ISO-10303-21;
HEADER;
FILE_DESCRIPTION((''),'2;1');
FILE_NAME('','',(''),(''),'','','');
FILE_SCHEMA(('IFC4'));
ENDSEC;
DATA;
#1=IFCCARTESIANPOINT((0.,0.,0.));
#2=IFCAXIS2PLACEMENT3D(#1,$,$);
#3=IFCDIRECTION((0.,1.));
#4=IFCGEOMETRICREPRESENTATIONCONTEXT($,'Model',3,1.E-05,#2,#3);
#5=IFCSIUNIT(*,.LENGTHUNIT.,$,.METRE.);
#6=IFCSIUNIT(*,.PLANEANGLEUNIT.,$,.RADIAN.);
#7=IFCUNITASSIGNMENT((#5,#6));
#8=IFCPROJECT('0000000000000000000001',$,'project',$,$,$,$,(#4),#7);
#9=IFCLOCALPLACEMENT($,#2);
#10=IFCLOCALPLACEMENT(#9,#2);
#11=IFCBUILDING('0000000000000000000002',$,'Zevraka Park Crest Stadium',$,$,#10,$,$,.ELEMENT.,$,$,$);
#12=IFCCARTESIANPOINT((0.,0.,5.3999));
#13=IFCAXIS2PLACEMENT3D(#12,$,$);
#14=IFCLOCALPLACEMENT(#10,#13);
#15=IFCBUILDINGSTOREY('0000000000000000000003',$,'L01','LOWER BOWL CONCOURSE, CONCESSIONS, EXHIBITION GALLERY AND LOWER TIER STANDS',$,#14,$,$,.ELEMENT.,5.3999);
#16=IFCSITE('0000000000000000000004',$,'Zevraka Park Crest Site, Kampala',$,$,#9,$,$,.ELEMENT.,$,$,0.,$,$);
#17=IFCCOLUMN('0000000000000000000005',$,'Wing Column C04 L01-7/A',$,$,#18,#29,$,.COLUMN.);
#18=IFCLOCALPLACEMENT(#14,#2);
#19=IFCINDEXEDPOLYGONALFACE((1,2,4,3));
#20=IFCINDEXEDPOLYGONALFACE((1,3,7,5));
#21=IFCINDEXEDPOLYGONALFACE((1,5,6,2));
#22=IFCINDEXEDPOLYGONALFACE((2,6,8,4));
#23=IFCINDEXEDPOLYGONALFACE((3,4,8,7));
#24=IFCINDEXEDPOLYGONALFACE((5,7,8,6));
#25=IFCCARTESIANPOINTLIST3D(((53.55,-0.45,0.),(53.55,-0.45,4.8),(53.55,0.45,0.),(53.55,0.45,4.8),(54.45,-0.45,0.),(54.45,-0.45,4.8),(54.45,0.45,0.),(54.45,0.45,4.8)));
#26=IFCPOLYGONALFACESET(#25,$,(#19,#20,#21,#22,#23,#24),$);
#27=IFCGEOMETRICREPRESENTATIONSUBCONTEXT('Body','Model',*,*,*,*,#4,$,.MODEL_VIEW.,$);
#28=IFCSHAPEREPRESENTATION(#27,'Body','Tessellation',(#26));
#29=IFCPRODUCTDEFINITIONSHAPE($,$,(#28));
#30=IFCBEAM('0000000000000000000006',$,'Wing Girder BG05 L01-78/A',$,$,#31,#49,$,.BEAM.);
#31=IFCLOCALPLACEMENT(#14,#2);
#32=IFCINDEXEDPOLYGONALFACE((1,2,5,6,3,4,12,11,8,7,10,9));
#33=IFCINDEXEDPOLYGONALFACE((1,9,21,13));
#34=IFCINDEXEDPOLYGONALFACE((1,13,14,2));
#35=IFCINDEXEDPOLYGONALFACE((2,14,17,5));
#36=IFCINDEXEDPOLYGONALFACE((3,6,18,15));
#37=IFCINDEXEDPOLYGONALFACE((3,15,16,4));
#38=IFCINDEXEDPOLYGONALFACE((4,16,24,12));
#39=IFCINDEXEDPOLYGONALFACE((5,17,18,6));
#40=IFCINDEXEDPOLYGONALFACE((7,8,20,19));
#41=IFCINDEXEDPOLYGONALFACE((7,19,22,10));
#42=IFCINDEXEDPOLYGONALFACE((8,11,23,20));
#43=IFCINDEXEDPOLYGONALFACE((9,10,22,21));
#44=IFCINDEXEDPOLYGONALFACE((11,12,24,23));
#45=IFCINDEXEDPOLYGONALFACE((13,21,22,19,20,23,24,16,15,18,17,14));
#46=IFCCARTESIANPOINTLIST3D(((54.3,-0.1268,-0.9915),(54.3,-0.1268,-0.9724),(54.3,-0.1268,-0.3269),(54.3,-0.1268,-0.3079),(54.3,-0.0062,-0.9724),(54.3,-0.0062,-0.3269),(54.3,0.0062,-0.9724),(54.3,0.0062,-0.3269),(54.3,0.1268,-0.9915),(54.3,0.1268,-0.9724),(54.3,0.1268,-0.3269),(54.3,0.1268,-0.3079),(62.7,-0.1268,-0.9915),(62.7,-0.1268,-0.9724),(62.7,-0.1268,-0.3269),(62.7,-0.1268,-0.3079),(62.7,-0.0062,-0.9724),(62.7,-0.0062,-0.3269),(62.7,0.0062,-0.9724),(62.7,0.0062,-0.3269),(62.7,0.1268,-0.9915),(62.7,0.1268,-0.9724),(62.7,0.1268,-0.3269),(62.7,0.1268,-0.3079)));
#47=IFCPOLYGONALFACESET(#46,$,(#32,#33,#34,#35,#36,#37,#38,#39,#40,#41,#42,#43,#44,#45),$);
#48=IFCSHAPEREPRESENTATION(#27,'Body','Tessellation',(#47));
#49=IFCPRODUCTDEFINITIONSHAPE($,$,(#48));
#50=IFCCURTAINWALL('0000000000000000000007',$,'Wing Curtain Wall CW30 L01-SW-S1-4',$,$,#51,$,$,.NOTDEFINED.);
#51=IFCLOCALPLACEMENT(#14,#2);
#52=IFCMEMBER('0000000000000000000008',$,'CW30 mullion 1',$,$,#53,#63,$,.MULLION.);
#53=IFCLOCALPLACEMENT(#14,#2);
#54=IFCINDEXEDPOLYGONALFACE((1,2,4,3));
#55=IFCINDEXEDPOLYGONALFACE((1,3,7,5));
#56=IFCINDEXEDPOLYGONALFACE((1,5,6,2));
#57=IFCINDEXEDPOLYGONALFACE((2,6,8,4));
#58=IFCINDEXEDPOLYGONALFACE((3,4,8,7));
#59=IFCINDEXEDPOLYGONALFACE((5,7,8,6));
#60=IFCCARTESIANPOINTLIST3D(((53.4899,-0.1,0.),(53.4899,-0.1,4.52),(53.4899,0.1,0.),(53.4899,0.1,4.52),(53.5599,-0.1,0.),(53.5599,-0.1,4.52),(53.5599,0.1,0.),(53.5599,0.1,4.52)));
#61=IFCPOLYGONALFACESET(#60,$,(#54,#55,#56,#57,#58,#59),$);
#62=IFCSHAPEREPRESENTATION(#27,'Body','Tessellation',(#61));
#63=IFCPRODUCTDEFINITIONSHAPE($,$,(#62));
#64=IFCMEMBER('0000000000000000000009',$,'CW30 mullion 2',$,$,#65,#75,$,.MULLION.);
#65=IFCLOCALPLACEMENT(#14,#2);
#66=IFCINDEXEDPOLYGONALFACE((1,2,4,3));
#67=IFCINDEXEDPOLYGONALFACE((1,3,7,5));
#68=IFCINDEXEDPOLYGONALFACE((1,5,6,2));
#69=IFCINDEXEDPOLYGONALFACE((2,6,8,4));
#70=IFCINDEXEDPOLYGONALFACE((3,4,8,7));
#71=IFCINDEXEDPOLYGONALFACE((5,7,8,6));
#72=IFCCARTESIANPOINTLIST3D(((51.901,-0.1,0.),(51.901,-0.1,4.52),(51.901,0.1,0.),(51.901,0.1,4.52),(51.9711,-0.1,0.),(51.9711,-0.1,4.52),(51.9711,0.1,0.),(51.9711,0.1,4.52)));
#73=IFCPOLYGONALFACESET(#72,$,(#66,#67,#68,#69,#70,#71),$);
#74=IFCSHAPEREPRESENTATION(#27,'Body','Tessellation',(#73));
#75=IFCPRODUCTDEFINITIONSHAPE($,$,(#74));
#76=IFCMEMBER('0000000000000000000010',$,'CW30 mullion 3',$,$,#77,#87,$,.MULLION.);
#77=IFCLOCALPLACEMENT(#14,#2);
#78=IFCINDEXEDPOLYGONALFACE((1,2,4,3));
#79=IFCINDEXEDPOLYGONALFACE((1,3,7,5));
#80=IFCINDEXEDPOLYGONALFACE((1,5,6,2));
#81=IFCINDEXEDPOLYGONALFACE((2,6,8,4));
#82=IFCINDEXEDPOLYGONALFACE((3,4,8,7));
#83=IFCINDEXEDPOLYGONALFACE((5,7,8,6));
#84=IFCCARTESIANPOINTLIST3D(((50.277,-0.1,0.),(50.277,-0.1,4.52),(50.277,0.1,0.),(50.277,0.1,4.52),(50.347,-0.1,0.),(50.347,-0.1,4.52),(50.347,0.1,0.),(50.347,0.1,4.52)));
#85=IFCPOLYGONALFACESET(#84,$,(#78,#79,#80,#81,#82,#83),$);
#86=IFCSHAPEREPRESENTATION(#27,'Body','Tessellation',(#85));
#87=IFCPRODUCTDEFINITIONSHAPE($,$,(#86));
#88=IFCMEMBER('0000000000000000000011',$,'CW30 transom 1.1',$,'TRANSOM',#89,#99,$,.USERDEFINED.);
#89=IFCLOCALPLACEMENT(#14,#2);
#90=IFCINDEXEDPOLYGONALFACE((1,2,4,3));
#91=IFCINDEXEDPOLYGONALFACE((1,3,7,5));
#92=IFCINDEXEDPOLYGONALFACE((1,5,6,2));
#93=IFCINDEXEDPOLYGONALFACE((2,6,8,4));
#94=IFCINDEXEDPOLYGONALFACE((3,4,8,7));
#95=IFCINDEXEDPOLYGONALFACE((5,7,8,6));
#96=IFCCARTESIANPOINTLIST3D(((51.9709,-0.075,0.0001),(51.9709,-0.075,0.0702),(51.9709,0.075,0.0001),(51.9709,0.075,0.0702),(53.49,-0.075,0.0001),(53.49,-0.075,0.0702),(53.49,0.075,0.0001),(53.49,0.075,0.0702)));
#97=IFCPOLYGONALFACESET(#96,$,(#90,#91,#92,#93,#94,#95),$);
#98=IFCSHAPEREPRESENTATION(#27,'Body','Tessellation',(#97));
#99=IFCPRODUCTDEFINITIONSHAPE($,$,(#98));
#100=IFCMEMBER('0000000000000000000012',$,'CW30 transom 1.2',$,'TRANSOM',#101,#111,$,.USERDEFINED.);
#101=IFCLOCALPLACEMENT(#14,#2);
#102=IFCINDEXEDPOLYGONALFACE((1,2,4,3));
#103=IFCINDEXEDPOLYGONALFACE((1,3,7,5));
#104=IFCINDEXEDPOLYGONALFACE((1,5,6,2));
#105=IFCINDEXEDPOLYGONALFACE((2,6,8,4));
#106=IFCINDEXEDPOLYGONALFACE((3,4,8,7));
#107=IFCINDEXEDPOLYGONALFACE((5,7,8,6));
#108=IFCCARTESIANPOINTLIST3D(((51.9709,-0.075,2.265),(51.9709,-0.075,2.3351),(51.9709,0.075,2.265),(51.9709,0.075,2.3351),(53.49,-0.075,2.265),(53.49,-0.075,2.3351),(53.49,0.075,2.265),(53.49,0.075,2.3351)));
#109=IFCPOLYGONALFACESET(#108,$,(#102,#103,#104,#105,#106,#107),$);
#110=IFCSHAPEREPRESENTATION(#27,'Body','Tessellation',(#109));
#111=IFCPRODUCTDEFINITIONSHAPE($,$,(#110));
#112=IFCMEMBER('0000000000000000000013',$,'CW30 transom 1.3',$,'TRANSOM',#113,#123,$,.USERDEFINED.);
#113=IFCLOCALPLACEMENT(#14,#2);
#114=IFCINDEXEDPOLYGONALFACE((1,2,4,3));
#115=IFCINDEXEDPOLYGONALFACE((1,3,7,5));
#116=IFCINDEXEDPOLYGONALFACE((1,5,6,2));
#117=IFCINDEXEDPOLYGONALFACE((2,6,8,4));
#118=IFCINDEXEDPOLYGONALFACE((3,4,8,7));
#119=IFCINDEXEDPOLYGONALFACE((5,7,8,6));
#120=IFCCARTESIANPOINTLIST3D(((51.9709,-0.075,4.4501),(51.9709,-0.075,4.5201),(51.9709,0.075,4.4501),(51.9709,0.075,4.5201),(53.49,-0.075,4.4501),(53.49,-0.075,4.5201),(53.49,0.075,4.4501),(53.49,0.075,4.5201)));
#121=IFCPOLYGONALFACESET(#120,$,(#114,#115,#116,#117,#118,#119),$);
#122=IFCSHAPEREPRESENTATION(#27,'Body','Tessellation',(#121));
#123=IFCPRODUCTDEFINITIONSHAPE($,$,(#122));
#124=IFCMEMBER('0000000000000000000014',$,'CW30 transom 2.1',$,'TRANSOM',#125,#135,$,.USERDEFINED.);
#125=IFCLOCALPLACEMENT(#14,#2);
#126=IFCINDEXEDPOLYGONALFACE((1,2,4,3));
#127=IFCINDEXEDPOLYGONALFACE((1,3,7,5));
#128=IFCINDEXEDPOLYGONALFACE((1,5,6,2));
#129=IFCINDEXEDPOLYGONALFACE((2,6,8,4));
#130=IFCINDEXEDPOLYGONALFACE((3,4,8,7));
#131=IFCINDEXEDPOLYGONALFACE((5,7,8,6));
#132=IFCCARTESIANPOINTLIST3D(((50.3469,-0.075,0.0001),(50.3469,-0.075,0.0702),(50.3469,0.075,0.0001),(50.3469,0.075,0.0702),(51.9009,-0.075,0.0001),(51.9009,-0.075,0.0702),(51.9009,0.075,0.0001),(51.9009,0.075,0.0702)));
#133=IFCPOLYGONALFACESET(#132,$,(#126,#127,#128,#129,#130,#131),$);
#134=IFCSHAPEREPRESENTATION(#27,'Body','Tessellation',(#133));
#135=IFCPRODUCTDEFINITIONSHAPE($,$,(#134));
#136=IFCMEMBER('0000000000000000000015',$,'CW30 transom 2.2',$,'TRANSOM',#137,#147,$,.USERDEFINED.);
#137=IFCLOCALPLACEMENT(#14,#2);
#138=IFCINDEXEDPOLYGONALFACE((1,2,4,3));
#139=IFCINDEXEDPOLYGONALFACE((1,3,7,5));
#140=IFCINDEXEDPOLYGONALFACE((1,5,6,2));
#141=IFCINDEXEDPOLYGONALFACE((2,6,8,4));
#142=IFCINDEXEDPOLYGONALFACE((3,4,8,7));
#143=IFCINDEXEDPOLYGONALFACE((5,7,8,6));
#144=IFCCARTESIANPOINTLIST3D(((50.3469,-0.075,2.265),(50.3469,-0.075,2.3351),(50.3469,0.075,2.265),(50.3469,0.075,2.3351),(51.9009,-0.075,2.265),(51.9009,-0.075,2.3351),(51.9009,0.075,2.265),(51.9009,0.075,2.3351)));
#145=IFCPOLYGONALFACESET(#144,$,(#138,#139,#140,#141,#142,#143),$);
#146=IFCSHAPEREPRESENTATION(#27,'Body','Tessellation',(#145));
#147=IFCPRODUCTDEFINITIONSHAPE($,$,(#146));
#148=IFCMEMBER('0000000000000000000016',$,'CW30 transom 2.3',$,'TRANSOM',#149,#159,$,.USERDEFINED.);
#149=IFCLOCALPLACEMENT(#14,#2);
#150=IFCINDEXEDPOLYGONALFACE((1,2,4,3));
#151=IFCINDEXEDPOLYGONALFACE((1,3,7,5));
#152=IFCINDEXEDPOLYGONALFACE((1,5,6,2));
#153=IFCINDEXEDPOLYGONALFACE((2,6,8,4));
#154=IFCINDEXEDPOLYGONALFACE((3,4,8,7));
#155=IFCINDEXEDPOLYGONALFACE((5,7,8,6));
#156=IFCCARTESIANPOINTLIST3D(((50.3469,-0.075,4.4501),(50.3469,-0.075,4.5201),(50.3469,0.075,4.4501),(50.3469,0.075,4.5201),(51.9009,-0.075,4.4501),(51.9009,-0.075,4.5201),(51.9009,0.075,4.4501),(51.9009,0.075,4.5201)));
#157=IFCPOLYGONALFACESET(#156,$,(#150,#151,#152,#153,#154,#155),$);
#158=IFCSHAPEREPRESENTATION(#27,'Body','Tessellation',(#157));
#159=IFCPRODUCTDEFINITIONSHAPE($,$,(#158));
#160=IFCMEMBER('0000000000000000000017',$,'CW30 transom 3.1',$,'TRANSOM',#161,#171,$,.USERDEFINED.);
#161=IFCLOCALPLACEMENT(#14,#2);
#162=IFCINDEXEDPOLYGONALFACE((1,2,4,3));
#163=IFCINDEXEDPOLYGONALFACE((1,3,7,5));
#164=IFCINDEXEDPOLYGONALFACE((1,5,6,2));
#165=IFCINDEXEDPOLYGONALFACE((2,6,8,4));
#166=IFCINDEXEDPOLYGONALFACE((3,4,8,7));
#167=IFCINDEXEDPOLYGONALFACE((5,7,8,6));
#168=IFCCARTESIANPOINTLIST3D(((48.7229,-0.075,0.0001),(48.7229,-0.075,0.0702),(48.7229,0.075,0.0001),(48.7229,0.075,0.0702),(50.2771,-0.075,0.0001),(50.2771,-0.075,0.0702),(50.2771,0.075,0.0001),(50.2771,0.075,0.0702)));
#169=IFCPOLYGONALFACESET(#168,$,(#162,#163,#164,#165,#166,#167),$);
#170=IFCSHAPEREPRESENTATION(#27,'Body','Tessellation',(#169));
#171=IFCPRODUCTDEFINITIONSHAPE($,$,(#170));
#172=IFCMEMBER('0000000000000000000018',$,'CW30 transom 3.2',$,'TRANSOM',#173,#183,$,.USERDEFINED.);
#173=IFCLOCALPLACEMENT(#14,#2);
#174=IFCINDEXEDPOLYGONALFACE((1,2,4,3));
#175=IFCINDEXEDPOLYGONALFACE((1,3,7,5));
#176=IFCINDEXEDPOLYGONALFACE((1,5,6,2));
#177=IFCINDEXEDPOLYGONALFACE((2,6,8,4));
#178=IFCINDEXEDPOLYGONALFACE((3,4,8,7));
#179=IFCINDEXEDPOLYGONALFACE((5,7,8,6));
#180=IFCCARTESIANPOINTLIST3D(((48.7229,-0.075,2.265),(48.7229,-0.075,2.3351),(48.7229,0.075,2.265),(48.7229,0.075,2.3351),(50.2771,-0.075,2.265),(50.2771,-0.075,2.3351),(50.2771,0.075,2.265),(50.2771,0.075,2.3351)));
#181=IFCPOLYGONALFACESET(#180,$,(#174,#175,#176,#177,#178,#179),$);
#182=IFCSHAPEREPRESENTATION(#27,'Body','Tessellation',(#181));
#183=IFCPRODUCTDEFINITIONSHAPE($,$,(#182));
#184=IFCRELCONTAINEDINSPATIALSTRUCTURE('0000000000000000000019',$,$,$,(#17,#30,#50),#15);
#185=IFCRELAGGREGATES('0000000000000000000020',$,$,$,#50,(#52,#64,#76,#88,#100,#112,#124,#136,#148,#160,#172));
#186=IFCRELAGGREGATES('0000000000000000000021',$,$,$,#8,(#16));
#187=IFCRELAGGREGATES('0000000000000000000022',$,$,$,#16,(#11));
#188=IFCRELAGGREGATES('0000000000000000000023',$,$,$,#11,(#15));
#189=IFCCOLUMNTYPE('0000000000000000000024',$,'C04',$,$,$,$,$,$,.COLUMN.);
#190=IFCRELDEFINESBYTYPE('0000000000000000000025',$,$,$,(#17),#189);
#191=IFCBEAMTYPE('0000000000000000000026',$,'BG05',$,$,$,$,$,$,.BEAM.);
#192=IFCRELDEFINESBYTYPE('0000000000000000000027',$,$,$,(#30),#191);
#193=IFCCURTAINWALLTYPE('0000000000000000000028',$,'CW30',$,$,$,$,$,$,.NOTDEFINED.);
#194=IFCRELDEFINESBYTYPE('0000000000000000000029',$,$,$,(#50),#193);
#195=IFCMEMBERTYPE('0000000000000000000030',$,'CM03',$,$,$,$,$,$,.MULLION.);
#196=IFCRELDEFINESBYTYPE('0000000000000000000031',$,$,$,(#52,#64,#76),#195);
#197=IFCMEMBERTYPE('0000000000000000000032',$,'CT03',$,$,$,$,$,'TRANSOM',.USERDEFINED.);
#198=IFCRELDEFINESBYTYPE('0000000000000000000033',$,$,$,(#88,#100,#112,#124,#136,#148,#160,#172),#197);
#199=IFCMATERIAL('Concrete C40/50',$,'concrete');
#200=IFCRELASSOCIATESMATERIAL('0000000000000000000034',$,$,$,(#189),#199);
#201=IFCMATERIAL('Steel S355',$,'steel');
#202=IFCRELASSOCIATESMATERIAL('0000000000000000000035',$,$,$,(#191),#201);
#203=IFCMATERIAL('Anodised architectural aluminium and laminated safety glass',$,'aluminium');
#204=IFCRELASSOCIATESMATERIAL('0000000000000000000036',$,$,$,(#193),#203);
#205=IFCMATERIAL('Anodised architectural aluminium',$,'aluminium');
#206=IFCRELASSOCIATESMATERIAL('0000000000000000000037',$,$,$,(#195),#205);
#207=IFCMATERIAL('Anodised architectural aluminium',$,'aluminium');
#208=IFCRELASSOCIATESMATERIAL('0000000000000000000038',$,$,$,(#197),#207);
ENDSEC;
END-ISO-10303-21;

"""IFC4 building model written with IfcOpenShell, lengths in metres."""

from ifc_helpers import new_model, si_unit, direction, frame, origin, origin_2d, place, context, subcontext, project, spatial, rectangle, i_section, extrude, material, material_profile, profile_set, type_object, element, aggregate, save


model = new_model("IFC4")

# Units and contexts
model_context = context("Model", 3, precision=1e-05, world=origin(), true_north=direction((0.0, 1.0)))
body_context = subcontext(model_context, "Body", "Model", "MODEL_VIEW")
ifc_project = project(units=[si_unit("LENGTHUNIT", "METRE"), si_unit("PLANEANGLEUNIT", "RADIAN")], contexts=[model_context])

# Site, building, storey
site_placement = place(None, origin())
site = spatial("IfcSite", under=ifc_project, at=site_placement, Name="Zevraka Park Crest Site, Kampala", CompositionType="ELEMENT", RefElevation=0.0)
building_placement = place(site_placement, origin())
building = spatial("IfcBuilding", under=site, at=building_placement, Name="Zevraka Park Crest Stadium", CompositionType="ELEMENT")
storey_placement = place(building_placement, frame((0.0, 0.0, 5.3999)))
storey = spatial("IfcBuildingStorey", under=building, at=storey_placement, Name="L01", Description="LOWER BOWL CONCOURSE, CONCESSIONS, EXHIBITION GALLERY AND LOWER TIER STANDS", CompositionType="ELEMENT", Elevation=5.3999)

# Column
ifc_material_1 = material(Name="Concrete C40/50", Category="concrete")
ifc_material_profile_1 = material_profile(ifc_material_1, rectangle(XDim=0.8999, YDim=0.8999, at=origin_2d()), Name="RC 900x900")
ifc_profile_set_1 = profile_set([ifc_material_profile_1], Name="Concrete C40/50")
column_type = type_object("IfcColumnType", Name="C04", PredefinedType="COLUMN", material=ifc_profile_set_1)
column_placement = place(storey_placement, frame((54.0, 0.0, 0.0), z_axis=(0.0, 0.0, 1.0), x_axis=(1.0, 0.0, 0.0)))
element("IfcColumn", 1, at=column_placement, inside=storey, type_object=column_type, Name="Wing Column C04 L01-7/A", PredefinedType="COLUMN", context=body_context, shape_type="SweptSolid", body=[
    extrude(rectangle(XDim=0.8999, YDim=0.8999, at=origin_2d()), origin(), (0.0, 0.0, 1.0), 4.8),
])

# Beam
ifc_material_2 = material(Name="Steel S355", Category="steel")
ifc_material_profile_2 = material_profile(ifc_material_2, i_section(OverallWidth=0.2537, OverallDepth=0.6836, WebThickness=0.0125, FlangeThickness=0.019, at=origin_2d()), Name="UKB 686x254x140")
ifc_profile_set_2 = profile_set([ifc_material_profile_2], Name="Steel S355")
beam_type = type_object("IfcBeamType", Name="BG05", PredefinedType="BEAM", material=ifc_profile_set_2)
beam_placement = place(storey_placement, frame((54.3, 0.0, -0.6497), z_axis=(1.0, 0.0, 0.0), x_axis=(0.0, 1.0, 0.0)))
element("IfcBeam", 2, at=beam_placement, inside=storey, type_object=beam_type, Name="Wing Girder BG05 L01-78/A", PredefinedType="BEAM", context=body_context, shape_type="SweptSolid", body=[
    extrude(i_section(OverallWidth=0.2537, OverallDepth=0.6836, WebThickness=0.0125, FlangeThickness=0.019, at=origin_2d()), origin(), (0.0, 0.0, 1.0), 8.3999),
])

# Curtain wall, members
ifc_material_3 = material(Name="Anodised architectural aluminium and laminated safety glass", Category="aluminium")
curtain_wall_type = type_object("IfcCurtainWallType", Name="CW30", PredefinedType="NOTDEFINED", material=ifc_material_3)
curtain_wall_placement = place(storey_placement, origin())
curtain_wall = element("IfcCurtainWall", 3, at=curtain_wall_placement, inside=storey, type_object=curtain_wall_type, Name="Wing Curtain Wall CW30 L01-SW-S1-4", PredefinedType="NOTDEFINED")
ifc_material_4 = material(Name="Anodised architectural aluminium", Category="aluminium")
ifc_material_profile_3 = material_profile(ifc_material_4, rectangle(XDim=0.2, YDim=0.0701, at=origin_2d()), Name="ALU MULLION 200x70")
ifc_profile_set_3 = profile_set([ifc_material_profile_3], Name="Anodised architectural aluminium")
member_type_1 = type_object("IfcMemberType", Name="CM03", PredefinedType="MULLION", material=ifc_profile_set_3)
member_1_placement = place(storey_placement, frame((53.5249, 0.0, 0.0), z_axis=(0.0, 0.0, 1.0), x_axis=(0.0, -1.0, 0.0)))
member_1 = element("IfcMember", 4, at=member_1_placement, type_object=member_type_1, Name="CW30 mullion 1", PredefinedType="MULLION", context=body_context, shape_type="SweptSolid", body=[
    extrude(rectangle(XDim=0.2, YDim=0.0701, at=origin_2d()), origin(), (0.0, 0.0, 1.0), 4.52),
])
member_2_placement = place(storey_placement, frame((51.936, 0.0, 0.0), z_axis=(0.0, 0.0, 1.0), x_axis=(0.0, -1.0, 0.0)))
member_2 = element("IfcMember", 5, at=member_2_placement, type_object=member_type_1, Name="CW30 mullion 2", PredefinedType="MULLION", context=body_context, shape_type="SweptSolid", body=[
    extrude(rectangle(XDim=0.2, YDim=0.0701, at=origin_2d()), origin(), (0.0, 0.0, 1.0), 4.52),
])
member_3_placement = place(storey_placement, frame((50.312, 0.0, 0.0), z_axis=(0.0, 0.0, 1.0), x_axis=(0.0, -1.0, 0.0)))
member_3 = element("IfcMember", 6, at=member_3_placement, type_object=member_type_1, Name="CW30 mullion 3", PredefinedType="MULLION", context=body_context, shape_type="SweptSolid", body=[
    extrude(rectangle(XDim=0.2, YDim=0.0701, at=origin_2d()), origin(), (0.0, 0.0, 1.0), 4.52),
])
ifc_material_5 = material(Name="Anodised architectural aluminium", Category="aluminium")
ifc_material_profile_4 = material_profile(ifc_material_5, rectangle(XDim=0.1499, YDim=0.0701, at=origin_2d()), Name="ALU TRANSOM 150x70")
ifc_profile_set_4 = profile_set([ifc_material_profile_4], Name="Anodised architectural aluminium")
member_type_2 = type_object("IfcMemberType", Name="CT03", ElementType="TRANSOM", PredefinedType="USERDEFINED", material=ifc_profile_set_4)
member_4_placement = place(storey_placement, frame((53.49, 0.0, 0.0352), z_axis=(-1.0, 0.0, 0.0), x_axis=(0.0, -1.0, 0.0)))
member_4 = element("IfcMember", 7, at=member_4_placement, type_object=member_type_2, Name="CW30 transom 1.1", ObjectType="TRANSOM", PredefinedType="USERDEFINED", context=body_context, shape_type="SweptSolid", body=[
    extrude(rectangle(XDim=0.1499, YDim=0.0701, at=origin_2d()), origin(), (0.0, 0.0, 1.0), 1.519),
])
member_5_placement = place(storey_placement, frame((53.49, 0.0, 2.3), z_axis=(-1.0, 0.0, 0.0), x_axis=(0.0, -1.0, 0.0)))
member_5 = element("IfcMember", 8, at=member_5_placement, type_object=member_type_2, Name="CW30 transom 1.2", ObjectType="TRANSOM", PredefinedType="USERDEFINED", context=body_context, shape_type="SweptSolid", body=[
    extrude(rectangle(XDim=0.1499, YDim=0.0701, at=origin_2d()), origin(), (0.0, 0.0, 1.0), 1.519),
])
member_6_placement = place(storey_placement, frame((53.49, 0.0, 4.4851), z_axis=(-1.0, 0.0, 0.0), x_axis=(0.0, -1.0, 0.0)))
member_6 = element("IfcMember", 9, at=member_6_placement, type_object=member_type_2, Name="CW30 transom 1.3", ObjectType="TRANSOM", PredefinedType="USERDEFINED", context=body_context, shape_type="SweptSolid", body=[
    extrude(rectangle(XDim=0.1499, YDim=0.0701, at=origin_2d()), origin(), (0.0, 0.0, 1.0), 1.519),
])
member_7_placement = place(storey_placement, frame((51.9009, 0.0, 0.0352), z_axis=(-1.0, 0.0, 0.0), x_axis=(0.0, -1.0, 0.0)))
member_7 = element("IfcMember", 10, at=member_7_placement, type_object=member_type_2, Name="CW30 transom 2.1", ObjectType="TRANSOM", PredefinedType="USERDEFINED", context=body_context, shape_type="SweptSolid", body=[
    extrude(rectangle(XDim=0.1499, YDim=0.0701, at=origin_2d()), origin(), (0.0, 0.0, 1.0), 1.554),
])
member_8_placement = place(storey_placement, frame((51.9009, 0.0, 2.3), z_axis=(-1.0, 0.0, 0.0), x_axis=(0.0, -1.0, 0.0)))
member_8 = element("IfcMember", 11, at=member_8_placement, type_object=member_type_2, Name="CW30 transom 2.2", ObjectType="TRANSOM", PredefinedType="USERDEFINED", context=body_context, shape_type="SweptSolid", body=[
    extrude(rectangle(XDim=0.1499, YDim=0.0701, at=origin_2d()), origin(), (0.0, 0.0, 1.0), 1.554),
])
member_9_placement = place(storey_placement, frame((51.9009, 0.0, 4.4851), z_axis=(-1.0, 0.0, 0.0), x_axis=(0.0, -1.0, 0.0)))
member_9 = element("IfcMember", 12, at=member_9_placement, type_object=member_type_2, Name="CW30 transom 2.3", ObjectType="TRANSOM", PredefinedType="USERDEFINED", context=body_context, shape_type="SweptSolid", body=[
    extrude(rectangle(XDim=0.1499, YDim=0.0701, at=origin_2d()), origin(), (0.0, 0.0, 1.0), 1.554),
])
member_10_placement = place(storey_placement, frame((50.2771, 0.0, 0.0352), z_axis=(-1.0, 0.0, 0.0), x_axis=(0.0, -1.0, 0.0)))
member_10 = element("IfcMember", 13, at=member_10_placement, type_object=member_type_2, Name="CW30 transom 3.1", ObjectType="TRANSOM", PredefinedType="USERDEFINED", context=body_context, shape_type="SweptSolid", body=[
    extrude(rectangle(XDim=0.1499, YDim=0.0701, at=origin_2d()), origin(), (0.0, 0.0, 1.0), 1.5542),
])
member_11_placement = place(storey_placement, frame((50.2771, 0.0, 2.3), z_axis=(-1.0, 0.0, 0.0), x_axis=(0.0, -1.0, 0.0)))
member_11 = element("IfcMember", 14, at=member_11_placement, type_object=member_type_2, Name="CW30 transom 3.2", ObjectType="TRANSOM", PredefinedType="USERDEFINED", context=body_context, shape_type="SweptSolid", body=[
    extrude(rectangle(XDim=0.1499, YDim=0.0701, at=origin_2d()), origin(), (0.0, 0.0, 1.0), 1.5542),
])
aggregate(curtain_wall, [member_1, member_2, member_3, member_4, member_5, member_6, member_7, member_8, member_9, member_10, member_11])

save(model, "model.ifc")
